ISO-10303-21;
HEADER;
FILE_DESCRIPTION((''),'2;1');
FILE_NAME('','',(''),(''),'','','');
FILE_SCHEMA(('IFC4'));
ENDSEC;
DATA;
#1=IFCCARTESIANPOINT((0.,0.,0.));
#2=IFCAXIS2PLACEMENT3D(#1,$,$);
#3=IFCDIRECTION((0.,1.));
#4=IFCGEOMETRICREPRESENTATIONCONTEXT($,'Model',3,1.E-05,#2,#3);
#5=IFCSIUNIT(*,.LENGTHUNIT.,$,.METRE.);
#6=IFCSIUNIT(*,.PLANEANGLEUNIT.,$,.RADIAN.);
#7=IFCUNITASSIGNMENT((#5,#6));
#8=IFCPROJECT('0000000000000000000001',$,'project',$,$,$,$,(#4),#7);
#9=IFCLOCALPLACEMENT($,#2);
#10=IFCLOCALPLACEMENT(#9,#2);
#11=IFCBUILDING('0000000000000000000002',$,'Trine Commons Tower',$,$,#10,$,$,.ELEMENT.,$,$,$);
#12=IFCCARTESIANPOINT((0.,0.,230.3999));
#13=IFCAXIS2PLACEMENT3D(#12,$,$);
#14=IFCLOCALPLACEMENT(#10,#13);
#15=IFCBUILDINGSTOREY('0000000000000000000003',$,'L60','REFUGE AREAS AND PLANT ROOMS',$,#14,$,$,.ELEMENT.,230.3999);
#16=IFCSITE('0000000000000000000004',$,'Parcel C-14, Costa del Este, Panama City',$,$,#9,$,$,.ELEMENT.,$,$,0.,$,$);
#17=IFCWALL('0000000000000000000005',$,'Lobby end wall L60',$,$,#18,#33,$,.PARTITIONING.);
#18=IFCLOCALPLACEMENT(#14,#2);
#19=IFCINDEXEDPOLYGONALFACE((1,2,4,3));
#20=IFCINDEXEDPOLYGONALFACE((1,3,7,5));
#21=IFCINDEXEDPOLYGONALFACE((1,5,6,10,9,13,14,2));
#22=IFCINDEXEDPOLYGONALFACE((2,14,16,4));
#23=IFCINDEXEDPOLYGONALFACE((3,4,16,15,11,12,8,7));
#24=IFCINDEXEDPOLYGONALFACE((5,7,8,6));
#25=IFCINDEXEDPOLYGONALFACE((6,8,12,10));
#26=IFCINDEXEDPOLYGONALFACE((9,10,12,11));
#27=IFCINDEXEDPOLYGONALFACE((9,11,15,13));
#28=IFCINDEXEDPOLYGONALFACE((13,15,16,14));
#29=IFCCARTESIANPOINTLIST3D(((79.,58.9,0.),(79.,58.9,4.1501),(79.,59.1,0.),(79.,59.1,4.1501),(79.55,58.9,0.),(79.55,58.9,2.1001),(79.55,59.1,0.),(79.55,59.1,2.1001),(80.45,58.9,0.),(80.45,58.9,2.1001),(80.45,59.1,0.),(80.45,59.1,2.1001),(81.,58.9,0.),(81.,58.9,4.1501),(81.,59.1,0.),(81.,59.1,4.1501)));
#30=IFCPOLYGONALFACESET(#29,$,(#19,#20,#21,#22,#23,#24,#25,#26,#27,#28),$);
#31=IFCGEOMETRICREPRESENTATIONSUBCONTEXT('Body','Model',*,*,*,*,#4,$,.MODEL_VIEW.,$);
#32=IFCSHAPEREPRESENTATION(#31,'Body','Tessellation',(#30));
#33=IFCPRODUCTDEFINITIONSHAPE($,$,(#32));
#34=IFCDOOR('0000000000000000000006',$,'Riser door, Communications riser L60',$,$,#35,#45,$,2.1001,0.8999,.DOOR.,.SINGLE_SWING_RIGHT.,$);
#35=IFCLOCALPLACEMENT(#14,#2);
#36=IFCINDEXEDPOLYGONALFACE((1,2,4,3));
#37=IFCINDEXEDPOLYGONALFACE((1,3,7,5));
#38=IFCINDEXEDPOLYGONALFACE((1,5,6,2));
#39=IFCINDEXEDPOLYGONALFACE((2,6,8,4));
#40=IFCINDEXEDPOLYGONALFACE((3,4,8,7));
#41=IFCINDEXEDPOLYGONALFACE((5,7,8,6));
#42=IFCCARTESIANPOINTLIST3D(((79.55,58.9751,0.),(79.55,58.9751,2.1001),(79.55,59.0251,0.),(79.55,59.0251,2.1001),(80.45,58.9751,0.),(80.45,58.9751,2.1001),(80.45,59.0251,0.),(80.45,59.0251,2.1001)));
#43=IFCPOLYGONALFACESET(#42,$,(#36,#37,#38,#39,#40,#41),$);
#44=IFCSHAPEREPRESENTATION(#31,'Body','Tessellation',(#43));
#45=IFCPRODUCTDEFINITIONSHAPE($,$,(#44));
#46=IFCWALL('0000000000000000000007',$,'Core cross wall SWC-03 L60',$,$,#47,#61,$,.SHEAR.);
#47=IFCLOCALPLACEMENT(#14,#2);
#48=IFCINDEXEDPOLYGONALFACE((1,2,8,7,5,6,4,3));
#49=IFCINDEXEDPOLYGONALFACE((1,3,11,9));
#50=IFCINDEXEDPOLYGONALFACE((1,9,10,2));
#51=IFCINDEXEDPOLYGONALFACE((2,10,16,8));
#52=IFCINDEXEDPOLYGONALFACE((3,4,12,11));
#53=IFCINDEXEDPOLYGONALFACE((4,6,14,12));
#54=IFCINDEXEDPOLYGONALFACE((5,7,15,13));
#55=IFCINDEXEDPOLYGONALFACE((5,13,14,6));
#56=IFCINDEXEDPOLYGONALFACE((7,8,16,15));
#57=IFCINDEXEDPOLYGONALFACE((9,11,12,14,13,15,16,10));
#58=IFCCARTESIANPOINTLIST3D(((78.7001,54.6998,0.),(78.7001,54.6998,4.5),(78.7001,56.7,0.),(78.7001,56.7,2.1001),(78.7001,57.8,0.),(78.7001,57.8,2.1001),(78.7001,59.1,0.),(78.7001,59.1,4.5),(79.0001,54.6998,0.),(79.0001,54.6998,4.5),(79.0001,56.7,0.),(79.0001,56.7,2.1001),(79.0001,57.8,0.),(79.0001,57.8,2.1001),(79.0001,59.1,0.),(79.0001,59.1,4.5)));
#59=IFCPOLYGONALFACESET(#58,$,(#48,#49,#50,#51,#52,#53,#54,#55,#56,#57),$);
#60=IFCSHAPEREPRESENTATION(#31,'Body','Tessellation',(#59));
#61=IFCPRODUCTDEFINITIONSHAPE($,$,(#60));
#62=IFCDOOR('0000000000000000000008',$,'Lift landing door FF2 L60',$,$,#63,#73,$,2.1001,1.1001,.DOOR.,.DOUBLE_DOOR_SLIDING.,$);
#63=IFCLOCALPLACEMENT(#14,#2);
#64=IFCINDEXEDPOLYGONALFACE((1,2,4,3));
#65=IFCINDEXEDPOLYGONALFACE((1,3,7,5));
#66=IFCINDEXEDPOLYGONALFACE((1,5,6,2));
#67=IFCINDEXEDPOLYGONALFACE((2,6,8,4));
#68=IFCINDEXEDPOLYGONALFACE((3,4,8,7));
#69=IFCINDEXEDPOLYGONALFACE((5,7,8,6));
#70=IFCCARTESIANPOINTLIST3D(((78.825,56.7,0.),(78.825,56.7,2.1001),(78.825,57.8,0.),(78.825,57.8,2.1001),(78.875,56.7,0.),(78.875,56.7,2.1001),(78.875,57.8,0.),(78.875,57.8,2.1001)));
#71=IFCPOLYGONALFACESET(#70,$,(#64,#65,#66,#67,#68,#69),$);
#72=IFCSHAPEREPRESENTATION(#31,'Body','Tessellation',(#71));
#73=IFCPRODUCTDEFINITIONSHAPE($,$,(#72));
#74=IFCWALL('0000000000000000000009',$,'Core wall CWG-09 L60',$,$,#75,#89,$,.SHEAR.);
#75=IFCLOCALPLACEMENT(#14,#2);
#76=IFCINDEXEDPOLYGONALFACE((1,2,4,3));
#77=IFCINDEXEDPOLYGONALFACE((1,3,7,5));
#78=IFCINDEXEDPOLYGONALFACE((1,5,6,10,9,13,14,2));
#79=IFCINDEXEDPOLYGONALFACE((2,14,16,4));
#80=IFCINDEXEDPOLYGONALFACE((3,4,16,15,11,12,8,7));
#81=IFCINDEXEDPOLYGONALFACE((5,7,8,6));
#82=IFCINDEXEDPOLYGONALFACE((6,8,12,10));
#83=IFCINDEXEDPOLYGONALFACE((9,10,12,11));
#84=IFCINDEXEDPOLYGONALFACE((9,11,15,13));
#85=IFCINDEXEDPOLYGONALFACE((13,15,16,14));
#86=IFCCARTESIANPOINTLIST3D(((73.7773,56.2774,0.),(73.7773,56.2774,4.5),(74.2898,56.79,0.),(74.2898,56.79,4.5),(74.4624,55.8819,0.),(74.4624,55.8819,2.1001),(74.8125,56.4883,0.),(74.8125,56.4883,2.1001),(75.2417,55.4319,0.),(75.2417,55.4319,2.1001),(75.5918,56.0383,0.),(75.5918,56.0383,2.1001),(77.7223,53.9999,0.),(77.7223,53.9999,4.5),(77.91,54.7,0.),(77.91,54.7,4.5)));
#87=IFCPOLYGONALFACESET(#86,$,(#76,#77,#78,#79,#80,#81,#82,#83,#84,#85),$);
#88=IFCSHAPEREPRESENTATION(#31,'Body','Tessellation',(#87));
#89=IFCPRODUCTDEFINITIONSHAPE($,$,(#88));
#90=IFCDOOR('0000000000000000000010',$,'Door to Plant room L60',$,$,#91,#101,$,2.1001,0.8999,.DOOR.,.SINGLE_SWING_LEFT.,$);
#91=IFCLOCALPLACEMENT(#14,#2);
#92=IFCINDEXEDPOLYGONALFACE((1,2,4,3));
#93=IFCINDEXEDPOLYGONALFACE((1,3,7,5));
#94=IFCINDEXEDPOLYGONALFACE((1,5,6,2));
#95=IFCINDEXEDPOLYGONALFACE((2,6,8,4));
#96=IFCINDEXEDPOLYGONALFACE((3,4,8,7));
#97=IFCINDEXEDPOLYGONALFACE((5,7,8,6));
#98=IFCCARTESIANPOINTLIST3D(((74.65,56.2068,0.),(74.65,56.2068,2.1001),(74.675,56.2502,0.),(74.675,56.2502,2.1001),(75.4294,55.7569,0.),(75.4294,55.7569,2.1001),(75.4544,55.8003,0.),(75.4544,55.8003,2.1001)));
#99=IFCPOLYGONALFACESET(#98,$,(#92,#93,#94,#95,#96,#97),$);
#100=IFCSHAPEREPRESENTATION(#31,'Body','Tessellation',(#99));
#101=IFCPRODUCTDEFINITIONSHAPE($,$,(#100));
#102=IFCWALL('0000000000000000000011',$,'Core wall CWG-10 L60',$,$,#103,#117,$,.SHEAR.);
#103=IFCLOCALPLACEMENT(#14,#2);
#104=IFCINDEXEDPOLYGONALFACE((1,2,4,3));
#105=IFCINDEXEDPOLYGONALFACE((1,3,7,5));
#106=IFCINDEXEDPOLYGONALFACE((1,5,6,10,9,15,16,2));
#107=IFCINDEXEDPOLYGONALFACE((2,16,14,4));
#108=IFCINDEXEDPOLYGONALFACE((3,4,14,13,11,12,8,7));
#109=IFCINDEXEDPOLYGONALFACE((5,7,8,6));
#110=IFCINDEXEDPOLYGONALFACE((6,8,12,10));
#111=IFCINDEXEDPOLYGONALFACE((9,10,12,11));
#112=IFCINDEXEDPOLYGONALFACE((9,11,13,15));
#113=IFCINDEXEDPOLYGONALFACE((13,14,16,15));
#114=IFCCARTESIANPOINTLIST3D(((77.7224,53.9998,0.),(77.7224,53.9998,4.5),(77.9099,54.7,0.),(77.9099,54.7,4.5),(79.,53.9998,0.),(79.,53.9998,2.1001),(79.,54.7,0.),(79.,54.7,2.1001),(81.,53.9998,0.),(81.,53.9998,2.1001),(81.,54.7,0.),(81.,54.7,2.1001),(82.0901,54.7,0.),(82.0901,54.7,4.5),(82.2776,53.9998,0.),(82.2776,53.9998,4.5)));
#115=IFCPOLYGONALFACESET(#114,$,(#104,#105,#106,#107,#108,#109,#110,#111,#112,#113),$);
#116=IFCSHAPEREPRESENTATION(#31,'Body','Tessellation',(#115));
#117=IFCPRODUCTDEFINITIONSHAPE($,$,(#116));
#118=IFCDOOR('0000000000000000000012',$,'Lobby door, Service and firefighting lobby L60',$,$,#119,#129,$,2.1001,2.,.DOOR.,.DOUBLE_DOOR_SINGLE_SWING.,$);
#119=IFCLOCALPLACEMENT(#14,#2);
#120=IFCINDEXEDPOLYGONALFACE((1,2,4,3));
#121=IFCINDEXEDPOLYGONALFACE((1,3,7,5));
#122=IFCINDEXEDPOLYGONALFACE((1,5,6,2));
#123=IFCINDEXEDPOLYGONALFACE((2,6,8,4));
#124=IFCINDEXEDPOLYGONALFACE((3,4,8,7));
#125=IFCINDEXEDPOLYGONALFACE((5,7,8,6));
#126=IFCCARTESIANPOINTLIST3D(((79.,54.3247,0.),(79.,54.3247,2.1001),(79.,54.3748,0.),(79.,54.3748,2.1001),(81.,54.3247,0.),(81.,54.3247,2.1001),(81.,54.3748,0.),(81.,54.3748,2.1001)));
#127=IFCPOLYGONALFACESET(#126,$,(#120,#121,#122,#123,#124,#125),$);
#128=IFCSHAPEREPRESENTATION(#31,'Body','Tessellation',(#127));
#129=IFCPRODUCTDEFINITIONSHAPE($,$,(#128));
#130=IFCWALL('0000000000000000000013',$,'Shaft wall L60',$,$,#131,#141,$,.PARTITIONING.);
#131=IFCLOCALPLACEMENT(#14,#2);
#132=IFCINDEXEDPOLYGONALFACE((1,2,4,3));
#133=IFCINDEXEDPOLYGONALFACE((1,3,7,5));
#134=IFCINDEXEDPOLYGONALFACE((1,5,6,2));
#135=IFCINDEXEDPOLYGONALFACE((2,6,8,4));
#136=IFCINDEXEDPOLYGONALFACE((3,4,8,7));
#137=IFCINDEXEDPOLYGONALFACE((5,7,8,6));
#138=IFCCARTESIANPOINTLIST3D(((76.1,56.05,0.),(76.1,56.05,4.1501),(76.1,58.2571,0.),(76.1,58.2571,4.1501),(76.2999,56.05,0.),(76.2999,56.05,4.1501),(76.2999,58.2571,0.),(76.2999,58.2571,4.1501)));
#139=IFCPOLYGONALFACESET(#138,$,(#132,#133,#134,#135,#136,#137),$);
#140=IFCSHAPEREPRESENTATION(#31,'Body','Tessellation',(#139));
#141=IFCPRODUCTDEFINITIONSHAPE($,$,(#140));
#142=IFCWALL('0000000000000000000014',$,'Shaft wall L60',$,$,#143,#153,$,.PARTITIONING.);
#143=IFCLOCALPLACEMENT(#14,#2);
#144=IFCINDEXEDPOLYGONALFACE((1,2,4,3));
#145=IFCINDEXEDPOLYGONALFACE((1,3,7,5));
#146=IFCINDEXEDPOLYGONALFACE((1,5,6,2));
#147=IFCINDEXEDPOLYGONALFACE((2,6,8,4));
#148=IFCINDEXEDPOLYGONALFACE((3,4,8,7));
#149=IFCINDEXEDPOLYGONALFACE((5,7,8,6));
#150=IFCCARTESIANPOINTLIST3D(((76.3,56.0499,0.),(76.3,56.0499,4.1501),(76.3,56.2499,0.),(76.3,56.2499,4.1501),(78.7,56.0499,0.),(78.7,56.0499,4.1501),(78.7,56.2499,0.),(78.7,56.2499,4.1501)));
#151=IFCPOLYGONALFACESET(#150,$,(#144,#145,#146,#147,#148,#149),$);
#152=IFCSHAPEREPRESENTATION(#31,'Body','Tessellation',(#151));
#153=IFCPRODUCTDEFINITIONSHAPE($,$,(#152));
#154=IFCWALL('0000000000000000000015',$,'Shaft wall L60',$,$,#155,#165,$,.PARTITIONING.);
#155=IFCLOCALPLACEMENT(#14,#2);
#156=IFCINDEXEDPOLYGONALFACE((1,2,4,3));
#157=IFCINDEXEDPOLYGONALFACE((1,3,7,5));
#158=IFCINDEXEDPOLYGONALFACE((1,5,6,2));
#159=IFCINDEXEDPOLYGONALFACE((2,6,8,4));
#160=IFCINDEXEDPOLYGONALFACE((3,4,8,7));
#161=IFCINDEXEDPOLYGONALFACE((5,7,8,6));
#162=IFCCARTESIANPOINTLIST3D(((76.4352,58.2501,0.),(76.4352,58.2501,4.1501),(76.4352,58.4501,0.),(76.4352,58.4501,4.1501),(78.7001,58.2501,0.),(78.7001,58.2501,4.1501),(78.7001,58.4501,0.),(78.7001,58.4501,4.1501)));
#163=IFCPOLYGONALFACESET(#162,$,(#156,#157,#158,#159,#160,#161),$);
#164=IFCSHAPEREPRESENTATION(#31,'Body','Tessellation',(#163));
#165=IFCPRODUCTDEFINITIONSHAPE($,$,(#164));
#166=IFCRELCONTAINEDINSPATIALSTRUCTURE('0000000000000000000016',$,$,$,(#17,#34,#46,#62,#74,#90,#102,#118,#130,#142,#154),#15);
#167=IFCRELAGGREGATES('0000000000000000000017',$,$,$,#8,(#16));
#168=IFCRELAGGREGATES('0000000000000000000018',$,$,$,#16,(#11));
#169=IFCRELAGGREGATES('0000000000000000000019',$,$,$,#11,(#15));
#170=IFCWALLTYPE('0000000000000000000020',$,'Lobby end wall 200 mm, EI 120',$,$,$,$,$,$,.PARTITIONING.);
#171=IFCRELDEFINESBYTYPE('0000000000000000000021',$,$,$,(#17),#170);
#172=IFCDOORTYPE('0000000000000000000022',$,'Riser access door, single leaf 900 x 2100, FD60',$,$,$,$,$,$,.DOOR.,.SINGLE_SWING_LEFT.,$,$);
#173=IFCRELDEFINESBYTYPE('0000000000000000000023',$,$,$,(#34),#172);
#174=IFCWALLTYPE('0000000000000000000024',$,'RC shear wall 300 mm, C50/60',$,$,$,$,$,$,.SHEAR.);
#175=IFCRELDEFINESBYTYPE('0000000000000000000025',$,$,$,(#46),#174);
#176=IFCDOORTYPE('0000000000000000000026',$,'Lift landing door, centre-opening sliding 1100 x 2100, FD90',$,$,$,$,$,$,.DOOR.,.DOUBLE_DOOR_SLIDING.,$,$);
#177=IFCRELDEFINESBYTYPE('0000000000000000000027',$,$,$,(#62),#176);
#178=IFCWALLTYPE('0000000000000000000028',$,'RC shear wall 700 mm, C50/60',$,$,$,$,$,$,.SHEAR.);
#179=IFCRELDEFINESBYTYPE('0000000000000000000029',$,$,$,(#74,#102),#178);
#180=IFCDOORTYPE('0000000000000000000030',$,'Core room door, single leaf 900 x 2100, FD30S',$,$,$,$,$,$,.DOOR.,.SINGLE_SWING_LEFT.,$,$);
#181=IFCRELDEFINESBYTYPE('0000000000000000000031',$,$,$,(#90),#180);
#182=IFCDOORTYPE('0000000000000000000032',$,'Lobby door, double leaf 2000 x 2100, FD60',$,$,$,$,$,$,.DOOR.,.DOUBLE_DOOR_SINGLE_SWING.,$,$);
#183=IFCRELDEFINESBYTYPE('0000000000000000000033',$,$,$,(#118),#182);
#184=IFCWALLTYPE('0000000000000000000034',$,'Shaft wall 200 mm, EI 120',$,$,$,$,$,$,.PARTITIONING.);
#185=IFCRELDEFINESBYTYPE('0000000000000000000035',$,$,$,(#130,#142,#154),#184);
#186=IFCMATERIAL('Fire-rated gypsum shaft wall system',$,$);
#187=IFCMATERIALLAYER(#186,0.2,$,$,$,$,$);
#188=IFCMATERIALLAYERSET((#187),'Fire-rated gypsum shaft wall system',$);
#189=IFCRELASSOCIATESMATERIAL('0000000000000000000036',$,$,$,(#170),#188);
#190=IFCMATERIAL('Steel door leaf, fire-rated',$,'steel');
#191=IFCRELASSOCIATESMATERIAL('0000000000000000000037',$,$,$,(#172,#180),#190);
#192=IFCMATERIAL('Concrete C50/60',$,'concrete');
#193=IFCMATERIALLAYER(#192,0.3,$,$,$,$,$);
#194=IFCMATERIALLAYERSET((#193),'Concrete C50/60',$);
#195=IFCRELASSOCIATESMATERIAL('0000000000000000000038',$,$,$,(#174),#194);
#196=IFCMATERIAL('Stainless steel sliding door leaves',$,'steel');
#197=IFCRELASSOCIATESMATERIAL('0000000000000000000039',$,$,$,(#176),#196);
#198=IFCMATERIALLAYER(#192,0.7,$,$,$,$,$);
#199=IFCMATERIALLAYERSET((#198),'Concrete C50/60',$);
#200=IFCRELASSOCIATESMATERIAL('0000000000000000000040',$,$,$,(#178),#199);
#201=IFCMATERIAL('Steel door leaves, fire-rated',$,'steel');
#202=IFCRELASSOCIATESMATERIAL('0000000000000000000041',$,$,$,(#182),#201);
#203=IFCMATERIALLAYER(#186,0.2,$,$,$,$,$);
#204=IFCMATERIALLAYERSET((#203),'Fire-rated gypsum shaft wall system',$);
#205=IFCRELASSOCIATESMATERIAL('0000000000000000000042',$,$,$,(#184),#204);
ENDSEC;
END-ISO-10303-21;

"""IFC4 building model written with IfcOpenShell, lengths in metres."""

from ifc_helpers import new_model, si_unit, direction, frame, frame_2d, origin, place, context, subcontext, project, spatial, polyline, rectangle, outline, extrude, material, layer, layer_set, type_object, element, fill, save


model = new_model("IFC4")

# Units and contexts
model_context = context("Model", 3, precision=1e-05, world=origin(), true_north=direction((0.0, 1.0)))
body_context = subcontext(model_context, "Body", "Model", "MODEL_VIEW")
ifc_project = project(units=[si_unit("LENGTHUNIT", "METRE"), si_unit("PLANEANGLEUNIT", "RADIAN")], contexts=[model_context])

# Site, building, storey
site_placement = place(None, origin())
site = spatial("IfcSite", under=ifc_project, at=site_placement, Name="Parcel C-14, Costa del Este, Panama City", CompositionType="ELEMENT", RefElevation=0.0)
building_placement = place(site_placement, origin())
building = spatial("IfcBuilding", under=site, at=building_placement, Name="Trine Commons Tower", CompositionType="ELEMENT")
storey_placement = place(building_placement, frame((0.0, 0.0, 230.3999)))
storey = spatial("IfcBuildingStorey", under=building, at=storey_placement, Name="L60", Description="REFUGE AREAS AND PLANT ROOMS", CompositionType="ELEMENT", Elevation=230.3999)

# Walls, openings, doors
ifc_material_1 = material(Name="Fire-rated gypsum shaft wall system")
ifc_layer_1 = layer(ifc_material_1, 0.2)
ifc_layer_set_1 = layer_set([ifc_layer_1], Name="Fire-rated gypsum shaft wall system")
wall_type_1 = type_object("IfcWallType", Name="Lobby end wall 200 mm, EI 120", PredefinedType="PARTITIONING", material=ifc_layer_set_1)
wall_1_placement = place(storey_placement, frame((79.0, 59.0, 0.0), z_axis=(0.0, 0.0, 1.0), x_axis=(1.0, 0.0, 0.0)))
wall_1 = element("IfcWall", 1, at=wall_1_placement, inside=storey, type_object=wall_type_1, Name="Lobby end wall L60", PredefinedType="PARTITIONING", context=body_context, shape_type="SweptSolid", body=[
    extrude(rectangle(XDim=2.0, YDim=0.2, at=frame_2d((1.0, 0.0))), origin(), (0.0, 0.0, 1.0), 4.1501),
])
opening_1_placement = place(wall_1_placement, frame((0.55, 0.0, 0.0)))
opening_1 = element("IfcOpeningElement", 2, at=opening_1_placement, cuts=wall_1, PredefinedType="OPENING", context=body_context, shape_type="SweptSolid", body=[
    extrude(rectangle(XDim=0.8999, YDim=2.1001, at=frame_2d((0.45, 1.05))), frame((0.0, 0.1099, 0.0), z_axis=(0.0, -1.0, 0.0), x_axis=(1.0, 0.0, 0.0)), (0.0, 0.0, 1.0), 0.22),
])
ifc_material_2 = material(Name="Steel door leaf, fire-rated", Category="steel")
door_type_1 = type_object("IfcDoorType", Name="Riser access door, single leaf 900 x 2100, FD60", OperationType="SINGLE_SWING_LEFT", PredefinedType="DOOR", material=ifc_material_2)
door_1_placement = place(opening_1_placement, frame((0.8999, 0.0, 0.0), z_axis=(0.0, 0.0, 1.0), x_axis=(-1.0, 0.0, 0.0)))
door_1 = element("IfcDoor", 3, at=door_1_placement, inside=storey, type_object=door_type_1, Name="Riser door, Communications riser L60", OperationType="SINGLE_SWING_RIGHT", OverallHeight=2.1001, OverallWidth=0.8999, PredefinedType="DOOR", context=body_context, shape_type="SweptSolid", body=[
    extrude(rectangle(XDim=0.8999, YDim=2.1001, at=frame_2d((0.45, 1.05))), frame((0.0, 0.0249, 0.0), z_axis=(0.0, -1.0, 0.0), x_axis=(1.0, 0.0, 0.0)), (0.0, 0.0, 1.0), 0.05),
])
fill(opening_1, door_1)
ifc_material_3 = material(Name="Concrete C50/60", Category="concrete")
ifc_layer_2 = layer(ifc_material_3, 0.3)
ifc_layer_set_2 = layer_set([ifc_layer_2], Name="Concrete C50/60")
wall_type_2 = type_object("IfcWallType", Name="RC shear wall 300 mm, C50/60", PredefinedType="SHEAR", material=ifc_layer_set_2)
wall_2_placement = place(storey_placement, frame((78.8501, 59.1001, 0.0), z_axis=(0.0, 0.0, 1.0), x_axis=(0.0, -1.0, 0.0)))
wall_2 = element("IfcWall", 4, at=wall_2_placement, inside=storey, type_object=wall_type_2, Name="Core cross wall SWC-03 L60", PredefinedType="SHEAR", context=body_context, shape_type="SweptSolid", body=[
    extrude(rectangle(XDim=4.4001, YDim=0.3, at=frame_2d((2.2002, 0.0))), origin(), (0.0, 0.0, 1.0), 4.5),
])
opening_2_placement = place(wall_2_placement, frame((1.3, 0.0, 0.0)))
opening_2 = element("IfcOpeningElement", 5, at=opening_2_placement, cuts=wall_2, PredefinedType="OPENING", context=body_context, shape_type="SweptSolid", body=[
    extrude(rectangle(XDim=1.1001, YDim=2.1001, at=frame_2d((0.55, 1.05))), frame((0.0, 0.1599, 0.0), z_axis=(0.0, -1.0, 0.0), x_axis=(1.0, 0.0, 0.0)), (0.0, 0.0, 1.0), 0.3201),
])
ifc_material_4 = material(Name="Stainless steel sliding door leaves", Category="steel")
door_type_2 = type_object("IfcDoorType", Name="Lift landing door, centre-opening sliding 1100 x 2100, FD90", OperationType="DOUBLE_DOOR_SLIDING", PredefinedType="DOOR", material=ifc_material_4)
door_2_placement = place(opening_2_placement, origin())
door_2 = element("IfcDoor", 6, at=door_2_placement, inside=storey, type_object=door_type_2, Name="Lift landing door FF2 L60", OperationType="DOUBLE_DOOR_SLIDING", OverallHeight=2.1001, OverallWidth=1.1001, PredefinedType="DOOR", context=body_context, shape_type="SweptSolid", body=[
    extrude(rectangle(XDim=1.1001, YDim=2.1001, at=frame_2d((0.55, 1.05))), frame((0.0, 0.0249, 0.0), z_axis=(0.0, -1.0, 0.0), x_axis=(1.0, 0.0, 0.0)), (0.0, 0.0, 1.0), 0.05),
])
fill(opening_2, door_2)
ifc_layer_3 = layer(ifc_material_3, 0.7)
ifc_layer_set_3 = layer_set([ifc_layer_3], Name="Concrete C50/60")
wall_type_3 = type_object("IfcWallType", Name="RC shear wall 700 mm, C50/60", PredefinedType="SHEAR", material=ifc_layer_set_3)
wall_3_placement = place(storey_placement, frame((73.9524, 56.5806, 0.0), z_axis=(0.0, 0.0, 1.0), x_axis=(0.866035, -0.499984, 0.0)))
wall_3 = element("IfcWall", 7, at=wall_3_placement, inside=storey, type_object=wall_type_3, Name="Core wall CWG-09 L60", PredefinedType="SHEAR", context=body_context, shape_type="SweptSolid", body=[
    extrude(outline(polyline([(0.0, -0.3501), (4.5552, -0.3501), (4.3677, 0.3501), (0.1875, 0.3501), (0.0, -0.3501)])), origin(), (0.0, 0.0, 1.0), 4.5),
])
opening_3_placement = place(wall_3_placement, frame((0.791, 0.0, 0.0)))
opening_3 = element("IfcOpeningElement", 8, at=opening_3_placement, cuts=wall_3, PredefinedType="OPENING", context=body_context, shape_type="SweptSolid", body=[
    extrude(rectangle(XDim=0.8999, YDim=2.1001, at=frame_2d((0.45, 1.05))), frame((0.0, 0.3599, 0.0), z_axis=(0.0, -1.0, 0.0), x_axis=(1.0, 0.0, 0.0)), (0.0, 0.0, 1.0), 0.72),
])
door_type_3 = type_object("IfcDoorType", Name="Core room door, single leaf 900 x 2100, FD30S", OperationType="SINGLE_SWING_LEFT", PredefinedType="DOOR", material=ifc_material_2)
door_3_placement = place(opening_3_placement, origin())
door_3 = element("IfcDoor", 9, at=door_3_placement, inside=storey, type_object=door_type_3, Name="Door to Plant room L60", OperationType="SINGLE_SWING_LEFT", OverallHeight=2.1001, OverallWidth=0.8999, PredefinedType="DOOR", context=body_context, shape_type="SweptSolid", body=[
    extrude(rectangle(XDim=0.8999, YDim=2.1001, at=frame_2d((0.45, 1.05))), frame((0.0, 0.0752, 0.0), z_axis=(0.0, -1.0, 0.0), x_axis=(1.0, 0.0, 0.0)), (0.0, 0.0, 1.0), 0.05),
])
fill(opening_3, door_3)
wall_4_placement = place(storey_placement, frame((77.7224, 54.3499, 0.0), z_axis=(0.0, 0.0, 1.0), x_axis=(1.0, 0.0, 0.0)))
wall_4 = element("IfcWall", 10, at=wall_4_placement, inside=storey, type_object=wall_type_3, Name="Core wall CWG-10 L60", PredefinedType="SHEAR", context=body_context, shape_type="SweptSolid", body=[
    extrude(outline(polyline([(0.0, -0.3501), (4.5552, -0.3501), (4.3677, 0.3501), (0.1875, 0.3501), (0.0, -0.3501)])), origin(), (0.0, 0.0, 1.0), 4.5),
])
opening_4_placement = place(wall_4_placement, frame((1.2776, 0.0, 0.0)))
opening_4 = element("IfcOpeningElement", 11, at=opening_4_placement, cuts=wall_4, PredefinedType="OPENING", context=body_context, shape_type="SweptSolid", body=[
    extrude(rectangle(XDim=2.0, YDim=2.1001, at=frame_2d((1.0, 1.05))), frame((0.0, 0.3599, 0.0), z_axis=(0.0, -1.0, 0.0), x_axis=(1.0, 0.0, 0.0)), (0.0, 0.0, 1.0), 0.72),
])
ifc_material_5 = material(Name="Steel door leaves, fire-rated", Category="steel")
door_type_4 = type_object("IfcDoorType", Name="Lobby door, double leaf 2000 x 2100, FD60", OperationType="DOUBLE_DOOR_SINGLE_SWING", PredefinedType="DOOR", material=ifc_material_5)
door_4_placement = place(opening_4_placement, origin())
door_4 = element("IfcDoor", 12, at=door_4_placement, inside=storey, type_object=door_type_4, Name="Lobby door, Service and firefighting lobby L60", OperationType="DOUBLE_DOOR_SINGLE_SWING", OverallHeight=2.1001, OverallWidth=2.0, PredefinedType="DOOR", context=body_context, shape_type="SweptSolid", body=[
    extrude(rectangle(XDim=2.0, YDim=2.1001, at=frame_2d((1.0, 1.05))), frame((0.0, 0.0249, 0.0), z_axis=(0.0, -1.0, 0.0), x_axis=(1.0, 0.0, 0.0)), (0.0, 0.0, 1.0), 0.05),
])
fill(opening_4, door_4)

# Walls
ifc_layer_4 = layer(ifc_material_1, 0.2)
ifc_layer_set_4 = layer_set([ifc_layer_4], Name="Fire-rated gypsum shaft wall system")
wall_type_4 = type_object("IfcWallType", Name="Shaft wall 200 mm, EI 120", PredefinedType="PARTITIONING", material=ifc_layer_set_4)
wall_5_placement = place(storey_placement, frame((76.2, 58.2571, 0.0), z_axis=(0.0, 0.0, 1.0), x_axis=(0.0, -1.0, 0.0)))
element("IfcWall", 13, at=wall_5_placement, inside=storey, type_object=wall_type_4, Name="Shaft wall L60", PredefinedType="PARTITIONING", context=body_context, shape_type="SweptSolid", body=[
    extrude(rectangle(XDim=2.207, YDim=0.2, at=frame_2d((1.1035, 0.0))), origin(), (0.0, 0.0, 1.0), 4.1501),
])
wall_6_placement = place(storey_placement, frame((78.7, 56.1499, 0.0), z_axis=(0.0, 0.0, 1.0), x_axis=(-1.0, 0.0, 0.0)))
element("IfcWall", 14, at=wall_6_placement, inside=storey, type_object=wall_type_4, Name="Shaft wall L60", PredefinedType="PARTITIONING", context=body_context, shape_type="SweptSolid", body=[
    extrude(rectangle(XDim=2.3999, YDim=0.2, at=frame_2d((1.2, 0.0))), origin(), (0.0, 0.0, 1.0), 4.1501),
])
wall_7_placement = place(storey_placement, frame((78.7, 58.3501, 0.0), z_axis=(0.0, 0.0, 1.0), x_axis=(-1.0, 0.0, 0.0)))
element("IfcWall", 15, at=wall_7_placement, inside=storey, type_object=wall_type_4, Name="Shaft wall L60", PredefinedType="PARTITIONING", context=body_context, shape_type="SweptSolid", body=[
    extrude(rectangle(XDim=2.2649, YDim=0.2, at=frame_2d((1.1323, 0.0))), origin(), (0.0, 0.0, 1.0), 4.1501),
])

save(model, "model.ifc")
